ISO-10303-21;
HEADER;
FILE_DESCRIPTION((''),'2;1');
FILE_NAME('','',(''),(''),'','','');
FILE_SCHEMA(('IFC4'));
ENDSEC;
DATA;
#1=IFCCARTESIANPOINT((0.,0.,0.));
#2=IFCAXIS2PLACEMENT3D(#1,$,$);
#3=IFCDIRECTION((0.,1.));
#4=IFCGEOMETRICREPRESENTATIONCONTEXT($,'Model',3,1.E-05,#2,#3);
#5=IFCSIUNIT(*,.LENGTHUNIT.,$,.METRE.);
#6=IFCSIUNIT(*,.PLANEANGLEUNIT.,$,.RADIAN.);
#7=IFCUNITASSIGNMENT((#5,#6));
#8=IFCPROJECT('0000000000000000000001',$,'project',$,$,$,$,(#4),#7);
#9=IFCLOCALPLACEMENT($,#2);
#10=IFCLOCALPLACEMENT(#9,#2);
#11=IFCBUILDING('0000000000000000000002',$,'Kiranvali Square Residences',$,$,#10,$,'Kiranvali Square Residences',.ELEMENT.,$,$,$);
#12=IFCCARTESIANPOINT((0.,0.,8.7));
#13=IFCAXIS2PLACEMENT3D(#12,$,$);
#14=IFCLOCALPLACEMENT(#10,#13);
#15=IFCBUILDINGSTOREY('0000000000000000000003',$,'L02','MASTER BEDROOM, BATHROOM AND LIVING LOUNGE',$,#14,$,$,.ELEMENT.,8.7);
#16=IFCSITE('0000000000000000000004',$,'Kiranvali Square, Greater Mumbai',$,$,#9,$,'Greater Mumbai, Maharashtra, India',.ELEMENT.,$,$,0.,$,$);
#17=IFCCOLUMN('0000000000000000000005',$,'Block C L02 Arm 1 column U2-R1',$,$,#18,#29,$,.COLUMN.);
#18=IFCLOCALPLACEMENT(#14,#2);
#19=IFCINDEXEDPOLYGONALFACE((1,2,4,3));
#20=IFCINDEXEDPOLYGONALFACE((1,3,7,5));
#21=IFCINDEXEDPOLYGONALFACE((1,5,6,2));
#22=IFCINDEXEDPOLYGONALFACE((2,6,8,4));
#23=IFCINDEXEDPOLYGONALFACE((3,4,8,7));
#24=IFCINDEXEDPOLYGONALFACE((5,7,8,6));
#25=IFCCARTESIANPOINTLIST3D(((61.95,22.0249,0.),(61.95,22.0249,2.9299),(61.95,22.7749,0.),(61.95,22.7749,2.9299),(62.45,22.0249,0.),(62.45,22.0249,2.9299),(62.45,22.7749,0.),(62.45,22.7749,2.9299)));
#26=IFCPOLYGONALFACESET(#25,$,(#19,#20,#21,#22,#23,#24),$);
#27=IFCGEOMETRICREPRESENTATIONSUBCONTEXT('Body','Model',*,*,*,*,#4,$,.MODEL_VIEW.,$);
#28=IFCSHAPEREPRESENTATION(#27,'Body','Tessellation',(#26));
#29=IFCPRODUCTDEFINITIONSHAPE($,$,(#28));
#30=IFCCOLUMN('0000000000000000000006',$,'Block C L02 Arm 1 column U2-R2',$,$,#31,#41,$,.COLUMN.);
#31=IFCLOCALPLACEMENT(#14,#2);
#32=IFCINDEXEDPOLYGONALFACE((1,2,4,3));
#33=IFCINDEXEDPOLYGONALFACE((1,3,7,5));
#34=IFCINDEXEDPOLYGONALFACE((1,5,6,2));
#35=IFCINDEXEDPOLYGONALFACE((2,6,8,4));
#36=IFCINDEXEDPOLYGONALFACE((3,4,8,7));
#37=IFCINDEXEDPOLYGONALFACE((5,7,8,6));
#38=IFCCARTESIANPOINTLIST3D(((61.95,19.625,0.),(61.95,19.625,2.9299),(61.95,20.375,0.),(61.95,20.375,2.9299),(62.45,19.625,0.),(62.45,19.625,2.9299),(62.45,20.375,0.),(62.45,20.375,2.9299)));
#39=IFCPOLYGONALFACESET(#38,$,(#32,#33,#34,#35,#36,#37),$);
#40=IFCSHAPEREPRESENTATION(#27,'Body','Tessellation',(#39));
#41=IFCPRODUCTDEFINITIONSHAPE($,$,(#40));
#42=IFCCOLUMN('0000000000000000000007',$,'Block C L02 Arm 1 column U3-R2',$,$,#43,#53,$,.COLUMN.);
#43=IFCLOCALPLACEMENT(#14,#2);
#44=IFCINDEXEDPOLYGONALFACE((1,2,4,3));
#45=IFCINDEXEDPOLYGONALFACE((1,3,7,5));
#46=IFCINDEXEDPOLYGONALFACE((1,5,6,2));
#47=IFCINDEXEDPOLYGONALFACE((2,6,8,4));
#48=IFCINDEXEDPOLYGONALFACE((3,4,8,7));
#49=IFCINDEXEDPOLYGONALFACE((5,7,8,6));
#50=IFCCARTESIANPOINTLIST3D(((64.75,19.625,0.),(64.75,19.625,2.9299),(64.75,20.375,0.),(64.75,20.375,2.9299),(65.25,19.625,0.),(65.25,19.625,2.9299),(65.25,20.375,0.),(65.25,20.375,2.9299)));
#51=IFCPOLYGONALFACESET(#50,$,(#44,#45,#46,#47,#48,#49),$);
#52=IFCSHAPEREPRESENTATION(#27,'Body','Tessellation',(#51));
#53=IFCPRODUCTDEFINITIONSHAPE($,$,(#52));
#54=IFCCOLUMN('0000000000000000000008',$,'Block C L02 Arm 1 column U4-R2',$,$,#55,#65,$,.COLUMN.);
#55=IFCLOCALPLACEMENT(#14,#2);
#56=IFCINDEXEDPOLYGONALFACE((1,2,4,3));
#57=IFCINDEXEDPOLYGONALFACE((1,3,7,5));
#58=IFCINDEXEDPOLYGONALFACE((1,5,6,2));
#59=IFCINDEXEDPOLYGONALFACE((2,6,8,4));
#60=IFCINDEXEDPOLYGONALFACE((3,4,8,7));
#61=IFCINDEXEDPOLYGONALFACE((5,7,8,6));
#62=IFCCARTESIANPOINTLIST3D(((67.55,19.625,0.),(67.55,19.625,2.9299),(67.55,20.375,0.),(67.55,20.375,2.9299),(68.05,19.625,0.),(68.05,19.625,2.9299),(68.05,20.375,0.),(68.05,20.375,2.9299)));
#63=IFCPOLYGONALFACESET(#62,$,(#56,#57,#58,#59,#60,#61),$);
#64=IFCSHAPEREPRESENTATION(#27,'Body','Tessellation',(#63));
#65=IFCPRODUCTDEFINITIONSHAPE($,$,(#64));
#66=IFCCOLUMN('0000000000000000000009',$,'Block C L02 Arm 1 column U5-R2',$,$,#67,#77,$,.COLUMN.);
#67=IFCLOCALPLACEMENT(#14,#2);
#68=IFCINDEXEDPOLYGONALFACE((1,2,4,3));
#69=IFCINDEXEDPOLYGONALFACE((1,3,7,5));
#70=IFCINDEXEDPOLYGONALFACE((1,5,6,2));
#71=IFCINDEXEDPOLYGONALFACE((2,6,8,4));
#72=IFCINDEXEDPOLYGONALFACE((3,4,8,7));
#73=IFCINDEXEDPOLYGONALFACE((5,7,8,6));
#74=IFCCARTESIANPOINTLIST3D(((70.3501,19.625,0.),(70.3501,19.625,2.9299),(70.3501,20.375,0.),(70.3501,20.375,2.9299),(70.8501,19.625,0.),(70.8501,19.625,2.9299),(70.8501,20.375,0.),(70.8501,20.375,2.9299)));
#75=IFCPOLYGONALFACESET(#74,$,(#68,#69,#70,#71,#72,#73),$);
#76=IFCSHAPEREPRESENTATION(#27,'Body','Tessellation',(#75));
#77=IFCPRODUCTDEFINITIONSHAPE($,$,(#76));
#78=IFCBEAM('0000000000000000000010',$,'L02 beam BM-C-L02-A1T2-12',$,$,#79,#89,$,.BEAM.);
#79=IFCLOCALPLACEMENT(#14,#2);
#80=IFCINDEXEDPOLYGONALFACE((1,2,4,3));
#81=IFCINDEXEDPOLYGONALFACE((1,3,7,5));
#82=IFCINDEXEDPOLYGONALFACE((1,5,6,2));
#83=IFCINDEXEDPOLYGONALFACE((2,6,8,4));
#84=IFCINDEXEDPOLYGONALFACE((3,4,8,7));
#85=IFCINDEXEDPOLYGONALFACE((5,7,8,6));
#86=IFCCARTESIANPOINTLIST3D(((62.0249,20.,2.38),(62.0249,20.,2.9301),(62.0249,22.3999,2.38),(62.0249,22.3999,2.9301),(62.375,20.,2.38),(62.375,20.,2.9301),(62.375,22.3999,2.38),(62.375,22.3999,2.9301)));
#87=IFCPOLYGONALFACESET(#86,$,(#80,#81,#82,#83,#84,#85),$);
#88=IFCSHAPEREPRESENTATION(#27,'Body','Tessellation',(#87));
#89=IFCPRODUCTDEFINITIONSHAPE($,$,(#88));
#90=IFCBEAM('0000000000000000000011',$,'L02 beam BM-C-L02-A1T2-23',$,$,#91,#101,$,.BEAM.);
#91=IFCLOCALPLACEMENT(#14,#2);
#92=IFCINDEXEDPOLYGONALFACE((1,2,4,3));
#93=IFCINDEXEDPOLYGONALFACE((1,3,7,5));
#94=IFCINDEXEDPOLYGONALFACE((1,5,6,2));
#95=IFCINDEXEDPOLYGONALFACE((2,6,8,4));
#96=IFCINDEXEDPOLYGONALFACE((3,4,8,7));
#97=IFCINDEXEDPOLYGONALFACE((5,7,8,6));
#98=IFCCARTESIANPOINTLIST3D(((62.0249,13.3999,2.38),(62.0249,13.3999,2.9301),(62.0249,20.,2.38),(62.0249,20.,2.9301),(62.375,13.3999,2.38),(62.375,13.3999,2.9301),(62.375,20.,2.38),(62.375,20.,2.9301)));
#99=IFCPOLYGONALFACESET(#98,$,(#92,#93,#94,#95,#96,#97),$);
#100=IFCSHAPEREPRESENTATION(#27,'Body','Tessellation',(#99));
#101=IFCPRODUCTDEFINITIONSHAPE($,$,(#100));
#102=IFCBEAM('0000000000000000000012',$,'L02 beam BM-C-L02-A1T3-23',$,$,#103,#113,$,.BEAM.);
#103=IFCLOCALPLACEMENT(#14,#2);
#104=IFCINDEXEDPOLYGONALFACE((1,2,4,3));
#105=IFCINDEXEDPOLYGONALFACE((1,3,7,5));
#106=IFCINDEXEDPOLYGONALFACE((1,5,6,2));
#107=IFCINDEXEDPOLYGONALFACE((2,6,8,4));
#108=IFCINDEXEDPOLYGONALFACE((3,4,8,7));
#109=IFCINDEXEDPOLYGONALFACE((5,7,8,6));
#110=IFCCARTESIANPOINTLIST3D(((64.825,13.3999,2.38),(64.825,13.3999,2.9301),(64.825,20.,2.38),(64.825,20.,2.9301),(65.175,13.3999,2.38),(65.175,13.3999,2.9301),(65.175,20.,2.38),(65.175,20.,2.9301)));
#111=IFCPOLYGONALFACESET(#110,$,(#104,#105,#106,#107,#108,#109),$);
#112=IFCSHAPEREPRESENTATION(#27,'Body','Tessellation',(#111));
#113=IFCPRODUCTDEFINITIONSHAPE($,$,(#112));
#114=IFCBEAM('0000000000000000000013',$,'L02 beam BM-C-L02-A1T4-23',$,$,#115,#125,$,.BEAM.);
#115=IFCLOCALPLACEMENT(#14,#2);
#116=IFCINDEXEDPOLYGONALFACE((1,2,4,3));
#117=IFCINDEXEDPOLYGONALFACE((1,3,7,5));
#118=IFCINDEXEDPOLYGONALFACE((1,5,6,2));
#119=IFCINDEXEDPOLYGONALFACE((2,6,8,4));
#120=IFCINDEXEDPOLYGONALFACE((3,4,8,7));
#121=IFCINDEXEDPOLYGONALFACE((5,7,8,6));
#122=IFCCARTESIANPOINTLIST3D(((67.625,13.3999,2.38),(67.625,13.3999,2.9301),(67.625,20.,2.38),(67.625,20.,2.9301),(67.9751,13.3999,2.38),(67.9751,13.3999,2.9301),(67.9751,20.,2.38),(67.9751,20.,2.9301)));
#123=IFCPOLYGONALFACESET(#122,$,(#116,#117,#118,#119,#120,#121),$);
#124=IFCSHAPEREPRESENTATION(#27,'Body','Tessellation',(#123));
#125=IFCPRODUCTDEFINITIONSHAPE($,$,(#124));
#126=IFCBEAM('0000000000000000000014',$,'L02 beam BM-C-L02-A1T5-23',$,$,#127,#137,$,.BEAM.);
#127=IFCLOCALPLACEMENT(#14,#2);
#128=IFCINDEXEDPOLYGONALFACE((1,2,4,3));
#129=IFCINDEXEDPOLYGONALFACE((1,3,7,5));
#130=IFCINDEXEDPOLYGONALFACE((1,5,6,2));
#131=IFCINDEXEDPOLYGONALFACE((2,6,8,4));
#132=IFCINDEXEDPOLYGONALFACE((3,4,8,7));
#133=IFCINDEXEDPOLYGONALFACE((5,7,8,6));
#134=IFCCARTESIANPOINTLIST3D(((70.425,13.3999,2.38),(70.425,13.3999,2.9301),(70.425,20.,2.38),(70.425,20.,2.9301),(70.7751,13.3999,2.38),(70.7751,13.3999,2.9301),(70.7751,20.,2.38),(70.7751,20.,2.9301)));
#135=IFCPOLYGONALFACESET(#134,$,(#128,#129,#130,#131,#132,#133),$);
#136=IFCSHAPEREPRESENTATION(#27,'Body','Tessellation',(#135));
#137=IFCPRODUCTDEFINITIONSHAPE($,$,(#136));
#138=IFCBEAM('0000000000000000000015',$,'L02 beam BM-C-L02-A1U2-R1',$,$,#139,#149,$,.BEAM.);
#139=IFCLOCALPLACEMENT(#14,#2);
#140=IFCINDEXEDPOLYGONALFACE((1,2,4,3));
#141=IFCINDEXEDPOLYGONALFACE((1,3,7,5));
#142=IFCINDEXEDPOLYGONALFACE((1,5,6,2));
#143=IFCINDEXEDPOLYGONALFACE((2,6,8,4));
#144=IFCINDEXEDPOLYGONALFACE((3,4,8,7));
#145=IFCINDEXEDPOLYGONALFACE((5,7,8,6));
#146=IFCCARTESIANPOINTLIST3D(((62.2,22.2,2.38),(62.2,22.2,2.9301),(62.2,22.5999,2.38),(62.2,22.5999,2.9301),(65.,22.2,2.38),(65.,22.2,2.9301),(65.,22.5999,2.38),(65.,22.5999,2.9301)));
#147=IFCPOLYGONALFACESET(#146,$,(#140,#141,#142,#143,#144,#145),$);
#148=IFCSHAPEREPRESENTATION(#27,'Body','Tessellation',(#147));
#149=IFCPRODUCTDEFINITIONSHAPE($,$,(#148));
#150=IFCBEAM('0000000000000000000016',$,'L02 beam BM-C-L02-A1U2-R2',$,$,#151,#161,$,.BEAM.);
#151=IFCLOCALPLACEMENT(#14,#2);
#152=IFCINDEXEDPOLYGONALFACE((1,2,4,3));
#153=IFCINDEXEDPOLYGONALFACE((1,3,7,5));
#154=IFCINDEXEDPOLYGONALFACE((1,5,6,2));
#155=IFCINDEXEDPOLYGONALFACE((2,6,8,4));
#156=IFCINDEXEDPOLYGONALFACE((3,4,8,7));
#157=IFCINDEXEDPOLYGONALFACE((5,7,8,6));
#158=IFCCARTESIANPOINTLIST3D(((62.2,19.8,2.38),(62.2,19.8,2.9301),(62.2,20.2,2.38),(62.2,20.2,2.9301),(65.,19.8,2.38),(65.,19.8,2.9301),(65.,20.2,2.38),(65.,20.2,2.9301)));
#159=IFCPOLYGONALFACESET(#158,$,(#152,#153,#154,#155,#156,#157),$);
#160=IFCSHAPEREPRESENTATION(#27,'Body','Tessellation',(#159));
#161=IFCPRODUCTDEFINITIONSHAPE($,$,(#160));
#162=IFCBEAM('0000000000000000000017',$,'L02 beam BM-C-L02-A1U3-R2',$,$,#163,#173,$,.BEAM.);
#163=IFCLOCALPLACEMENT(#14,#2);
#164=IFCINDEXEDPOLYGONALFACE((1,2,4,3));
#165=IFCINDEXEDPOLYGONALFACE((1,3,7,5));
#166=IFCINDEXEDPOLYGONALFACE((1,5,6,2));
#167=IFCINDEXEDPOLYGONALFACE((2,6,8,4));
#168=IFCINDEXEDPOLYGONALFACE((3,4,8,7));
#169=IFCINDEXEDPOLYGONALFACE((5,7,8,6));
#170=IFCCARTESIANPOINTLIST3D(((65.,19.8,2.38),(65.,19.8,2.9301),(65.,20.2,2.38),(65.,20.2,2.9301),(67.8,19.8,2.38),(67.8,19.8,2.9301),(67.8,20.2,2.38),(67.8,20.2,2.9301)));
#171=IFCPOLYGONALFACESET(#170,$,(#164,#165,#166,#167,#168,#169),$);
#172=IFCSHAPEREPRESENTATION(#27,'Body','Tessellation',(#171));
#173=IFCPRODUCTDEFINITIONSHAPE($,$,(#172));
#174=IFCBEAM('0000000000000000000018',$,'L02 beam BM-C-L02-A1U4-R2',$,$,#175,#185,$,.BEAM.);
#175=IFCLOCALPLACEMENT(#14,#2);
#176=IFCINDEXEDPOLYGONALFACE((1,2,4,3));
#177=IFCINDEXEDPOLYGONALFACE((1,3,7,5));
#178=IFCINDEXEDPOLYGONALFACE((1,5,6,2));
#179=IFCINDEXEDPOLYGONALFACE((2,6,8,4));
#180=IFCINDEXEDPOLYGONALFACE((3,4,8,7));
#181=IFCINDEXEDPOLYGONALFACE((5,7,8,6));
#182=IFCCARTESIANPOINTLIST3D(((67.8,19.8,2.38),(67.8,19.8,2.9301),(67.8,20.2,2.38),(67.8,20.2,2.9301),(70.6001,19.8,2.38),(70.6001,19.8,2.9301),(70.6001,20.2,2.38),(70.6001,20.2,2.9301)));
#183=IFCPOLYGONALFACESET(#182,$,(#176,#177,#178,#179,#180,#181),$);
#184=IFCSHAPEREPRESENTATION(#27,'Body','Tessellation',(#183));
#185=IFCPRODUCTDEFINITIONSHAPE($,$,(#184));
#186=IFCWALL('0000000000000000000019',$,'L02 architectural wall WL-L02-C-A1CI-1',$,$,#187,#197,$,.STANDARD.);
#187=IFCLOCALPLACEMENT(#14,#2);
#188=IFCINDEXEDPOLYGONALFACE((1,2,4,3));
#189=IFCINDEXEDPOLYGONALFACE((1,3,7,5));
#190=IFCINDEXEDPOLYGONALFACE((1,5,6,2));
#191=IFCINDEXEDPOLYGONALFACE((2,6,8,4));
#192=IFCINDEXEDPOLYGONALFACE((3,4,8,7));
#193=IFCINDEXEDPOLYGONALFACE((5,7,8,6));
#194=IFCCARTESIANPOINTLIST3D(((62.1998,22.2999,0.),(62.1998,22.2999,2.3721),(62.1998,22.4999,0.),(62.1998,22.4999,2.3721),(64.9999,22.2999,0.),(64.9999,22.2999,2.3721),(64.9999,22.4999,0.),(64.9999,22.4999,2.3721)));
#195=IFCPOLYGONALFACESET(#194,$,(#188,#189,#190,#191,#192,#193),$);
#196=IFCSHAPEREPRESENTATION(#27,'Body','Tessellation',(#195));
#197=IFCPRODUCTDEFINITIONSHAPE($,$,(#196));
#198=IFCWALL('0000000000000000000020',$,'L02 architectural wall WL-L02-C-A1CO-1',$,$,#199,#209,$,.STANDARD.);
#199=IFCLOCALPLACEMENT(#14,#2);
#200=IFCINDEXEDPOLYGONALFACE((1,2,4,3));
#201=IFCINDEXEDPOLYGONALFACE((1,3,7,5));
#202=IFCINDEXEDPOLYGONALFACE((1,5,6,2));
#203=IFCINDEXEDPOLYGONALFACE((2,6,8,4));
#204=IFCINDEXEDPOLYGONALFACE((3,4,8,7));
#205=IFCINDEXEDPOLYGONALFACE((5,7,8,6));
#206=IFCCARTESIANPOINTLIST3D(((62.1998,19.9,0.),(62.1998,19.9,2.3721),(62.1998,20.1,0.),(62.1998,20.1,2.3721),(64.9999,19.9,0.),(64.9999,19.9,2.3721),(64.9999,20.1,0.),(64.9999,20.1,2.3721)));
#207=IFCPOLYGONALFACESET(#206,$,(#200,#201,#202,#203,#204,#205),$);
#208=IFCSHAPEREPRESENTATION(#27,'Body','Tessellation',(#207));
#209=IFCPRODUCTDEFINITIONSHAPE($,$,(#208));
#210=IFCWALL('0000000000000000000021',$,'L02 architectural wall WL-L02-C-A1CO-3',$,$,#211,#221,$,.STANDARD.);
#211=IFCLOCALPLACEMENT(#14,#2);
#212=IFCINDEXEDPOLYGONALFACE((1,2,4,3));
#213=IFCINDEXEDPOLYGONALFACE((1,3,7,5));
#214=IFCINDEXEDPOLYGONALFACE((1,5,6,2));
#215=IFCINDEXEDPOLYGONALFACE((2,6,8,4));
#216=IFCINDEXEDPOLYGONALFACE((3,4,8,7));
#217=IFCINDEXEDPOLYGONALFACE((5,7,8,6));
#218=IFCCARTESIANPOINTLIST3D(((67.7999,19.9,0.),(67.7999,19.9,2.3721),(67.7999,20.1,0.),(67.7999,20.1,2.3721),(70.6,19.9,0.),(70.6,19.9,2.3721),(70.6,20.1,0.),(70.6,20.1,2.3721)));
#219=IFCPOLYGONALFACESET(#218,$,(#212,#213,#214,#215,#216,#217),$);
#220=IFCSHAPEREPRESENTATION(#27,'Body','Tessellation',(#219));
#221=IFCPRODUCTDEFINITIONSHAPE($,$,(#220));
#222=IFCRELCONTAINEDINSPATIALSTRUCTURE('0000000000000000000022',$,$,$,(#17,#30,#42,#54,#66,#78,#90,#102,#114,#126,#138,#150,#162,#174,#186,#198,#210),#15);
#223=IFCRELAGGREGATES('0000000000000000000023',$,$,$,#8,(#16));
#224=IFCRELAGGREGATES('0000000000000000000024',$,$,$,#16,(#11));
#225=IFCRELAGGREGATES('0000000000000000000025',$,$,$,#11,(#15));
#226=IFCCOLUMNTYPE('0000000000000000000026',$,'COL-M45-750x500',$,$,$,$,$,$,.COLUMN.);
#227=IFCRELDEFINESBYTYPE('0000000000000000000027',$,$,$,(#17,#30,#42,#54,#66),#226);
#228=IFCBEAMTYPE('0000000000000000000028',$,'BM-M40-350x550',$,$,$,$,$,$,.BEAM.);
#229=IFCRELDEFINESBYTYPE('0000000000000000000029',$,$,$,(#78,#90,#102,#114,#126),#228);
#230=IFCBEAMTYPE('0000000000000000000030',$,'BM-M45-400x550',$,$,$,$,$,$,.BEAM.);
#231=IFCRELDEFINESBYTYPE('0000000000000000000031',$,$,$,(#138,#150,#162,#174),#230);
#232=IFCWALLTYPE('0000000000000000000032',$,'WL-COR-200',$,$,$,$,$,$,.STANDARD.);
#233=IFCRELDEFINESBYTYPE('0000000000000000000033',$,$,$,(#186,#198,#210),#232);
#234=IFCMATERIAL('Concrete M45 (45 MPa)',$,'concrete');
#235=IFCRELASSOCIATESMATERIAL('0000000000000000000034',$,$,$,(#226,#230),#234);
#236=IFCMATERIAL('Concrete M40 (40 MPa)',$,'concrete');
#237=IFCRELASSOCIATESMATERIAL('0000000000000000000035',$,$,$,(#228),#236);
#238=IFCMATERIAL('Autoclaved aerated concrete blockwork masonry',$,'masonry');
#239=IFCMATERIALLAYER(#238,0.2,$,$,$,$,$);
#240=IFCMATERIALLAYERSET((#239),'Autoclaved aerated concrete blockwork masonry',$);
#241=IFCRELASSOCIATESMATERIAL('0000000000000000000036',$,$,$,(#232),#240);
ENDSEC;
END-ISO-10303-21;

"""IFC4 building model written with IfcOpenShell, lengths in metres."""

from ifc_helpers import new_model, si_unit, direction, frame, frame_2d, origin, origin_2d, place, context, subcontext, project, spatial, rectangle, extrude, material, layer, layer_set, material_profile, profile_set, type_object, element, save


model = new_model("IFC4")

# Units and contexts
model_context = context("Model", 3, precision=1e-05, world=origin(), true_north=direction((0.0, 1.0)))
body_context = subcontext(model_context, "Body", "Model", "MODEL_VIEW")
ifc_project = project(units=[si_unit("LENGTHUNIT", "METRE"), si_unit("PLANEANGLEUNIT", "RADIAN")], contexts=[model_context])

# Site, building, storey
site_placement = place(None, origin())
site = spatial("IfcSite", under=ifc_project, at=site_placement, Name="Kiranvali Square, Greater Mumbai", LongName="Greater Mumbai, Maharashtra, India", CompositionType="ELEMENT", RefElevation=0.0)
building_placement = place(site_placement, origin())
building = spatial("IfcBuilding", under=site, at=building_placement, Name="Kiranvali Square Residences", LongName="Kiranvali Square Residences", CompositionType="ELEMENT")
storey_placement = place(building_placement, frame((0.0, 0.0, 8.7)))
storey = spatial("IfcBuildingStorey", under=building, at=storey_placement, Name="L02", Description="MASTER BEDROOM, BATHROOM AND LIVING LOUNGE", CompositionType="ELEMENT", Elevation=8.7)

# Columns
ifc_material_1 = material(Name="Concrete M45 (45 MPa)", Category="concrete")
ifc_material_profile_1 = material_profile(ifc_material_1, rectangle(XDim=0.5, YDim=0.75, at=origin_2d()), Name="RC 750x500")
ifc_profile_set_1 = profile_set([ifc_material_profile_1], Name="Concrete M45 (45 MPa)")
column_type = type_object("IfcColumnType", Name="COL-M45-750x500", PredefinedType="COLUMN", material=ifc_profile_set_1)
for number, where, z_axis, x_axis, name in (
    (1, (62.2, 22.3999, 0.0), (0.0, 0.0, 1.0), (1.0, 0.0, 0.0), "Block C L02 Arm 1 column U2-R1"),
    (2, (62.2, 20.0, 0.0), (0.0, 0.0, 1.0), (1.0, 0.0, 0.0), "Block C L02 Arm 1 column U2-R2"),
    (3, (65.0, 20.0, 0.0), (0.0, 0.0, 1.0), (1.0, 0.0, 0.0), "Block C L02 Arm 1 column U3-R2"),
    (4, (67.8, 20.0, 0.0), (0.0, 0.0, 1.0), (1.0, 0.0, 0.0), "Block C L02 Arm 1 column U4-R2"),
    (5, (70.6001, 20.0, 0.0), (0.0, 0.0, 1.0), (1.0, 0.0, 0.0), "Block C L02 Arm 1 column U5-R2"),
):
    element("IfcColumn", number, at=place(storey_placement, frame(where, z_axis=z_axis, x_axis=x_axis)), inside=storey, type_object=column_type, Name=name, PredefinedType="COLUMN", context=body_context, shape_type="SweptSolid", body=[
        extrude(rectangle(XDim=0.5, YDim=0.75, at=origin_2d()), origin(), (0.0, 0.0, 1.0), 2.9299),
    ])

# Beams
ifc_material_2 = material(Name="Concrete M40 (40 MPa)", Category="concrete")
ifc_material_profile_2 = material_profile(ifc_material_2, rectangle(XDim=0.3501, YDim=0.55, at=origin_2d()), Name="RC 350x550")
ifc_profile_set_2 = profile_set([ifc_material_profile_2], Name="Concrete M40 (40 MPa)")
beam_type_1 = type_object("IfcBeamType", Name="BM-M40-350x550", PredefinedType="BEAM", material=ifc_profile_set_2)
beam_placement = place(storey_placement, frame((62.2, 22.3999, 2.655), z_axis=(0.0, -1.0, 0.0), x_axis=(1.0, 0.0, 0.0)))
element("IfcBeam", 6, at=beam_placement, inside=storey, type_object=beam_type_1, Name="L02 beam BM-C-L02-A1T2-12", PredefinedType="BEAM", context=body_context, shape_type="SweptSolid", body=[
    extrude(rectangle(XDim=0.3501, YDim=0.55, at=origin_2d()), origin(), (0.0, 0.0, 1.0), 2.3999),
])
for number, where, z_axis, x_axis, name in (
    (7, (62.2, 20.0, 2.655), (0.0, -1.0, 0.0), (1.0, 0.0, 0.0), "L02 beam BM-C-L02-A1T2-23"),
    (8, (65.0, 20.0, 2.655), (0.0, -1.0, 0.0), (1.0, 0.0, 0.0), "L02 beam BM-C-L02-A1T3-23"),
    (9, (67.8, 20.0, 2.655), (0.0, -1.0, 0.0), (1.0, 0.0, 0.0), "L02 beam BM-C-L02-A1T4-23"),
    (10, (70.6001, 20.0, 2.655), (0.0, -1.0, 0.0), (1.0, 0.0, 0.0), "L02 beam BM-C-L02-A1T5-23"),
):
    element("IfcBeam", number, at=place(storey_placement, frame(where, z_axis=z_axis, x_axis=x_axis)), inside=storey, type_object=beam_type_1, Name=name, PredefinedType="BEAM", context=body_context, shape_type="SweptSolid", body=[
        extrude(rectangle(XDim=0.3501, YDim=0.55, at=origin_2d()), origin(), (0.0, 0.0, 1.0), 6.6001),
    ])
ifc_material_profile_3 = material_profile(ifc_material_1, rectangle(XDim=0.3999, YDim=0.55, at=origin_2d()), Name="RC 400x550")
ifc_profile_set_3 = profile_set([ifc_material_profile_3], Name="Concrete M45 (45 MPa)")
beam_type_2 = type_object("IfcBeamType", Name="BM-M45-400x550", PredefinedType="BEAM", material=ifc_profile_set_3)
for number, where, z_axis, x_axis, name in (
    (11, (62.2, 22.3999, 2.655), (1.0, 0.0, 0.0), (0.0, 1.0, 0.0), "L02 beam BM-C-L02-A1U2-R1"),
    (12, (62.2, 20.0, 2.655), (1.0, 0.0, 0.0), (0.0, 1.0, 0.0), "L02 beam BM-C-L02-A1U2-R2"),
    (13, (65.0, 20.0, 2.655), (1.0, 0.0, 0.0), (0.0, 1.0, 0.0), "L02 beam BM-C-L02-A1U3-R2"),
    (14, (67.8, 20.0, 2.655), (1.0, 0.0, 0.0), (0.0, 1.0, 0.0), "L02 beam BM-C-L02-A1U4-R2"),
):
    element("IfcBeam", number, at=place(storey_placement, frame(where, z_axis=z_axis, x_axis=x_axis)), inside=storey, type_object=beam_type_2, Name=name, PredefinedType="BEAM", context=body_context, shape_type="SweptSolid", body=[
        extrude(rectangle(XDim=0.3999, YDim=0.55, at=origin_2d()), origin(), (0.0, 0.0, 1.0), 2.8),
    ])

# Walls
ifc_material_3 = material(Name="Autoclaved aerated concrete blockwork masonry", Category="masonry")
ifc_layer_1 = layer(ifc_material_3, 0.2)
ifc_layer_set_1 = layer_set([ifc_layer_1], Name="Autoclaved aerated concrete blockwork masonry")
wall_type_1 = type_object("IfcWallType", Name="WL-COR-200", PredefinedType="STANDARD", material=ifc_layer_set_1)
for number, where, z_axis, x_axis, name in (
    (15, (62.2, 22.3999, 0.0), (0.0, 0.0, 1.0), (1.0, 0.0, 0.0), "L02 architectural wall WL-L02-C-A1CI-1"),
    (16, (62.2, 20.0, 0.0), (0.0, 0.0, 1.0), (1.0, 0.0, 0.0), "L02 architectural wall WL-L02-C-A1CO-1"),
):
    element("IfcWall", number, at=place(storey_placement, frame(where, z_axis=z_axis, x_axis=x_axis)), inside=storey, type_object=wall_type_1, Name=name, PredefinedType="STANDARD", context=body_context, shape_type="SweptSolid", body=[
        extrude(rectangle(XDim=2.8, YDim=0.2, at=frame_2d((1.3999, 0.0))), origin(), (0.0, 0.0, 1.0), 2.3721),
    ])

# Wall
wall_1_placement = place(storey_placement, frame((67.8, 20.0, 0.0), z_axis=(0.0, 0.0, 1.0), x_axis=(1.0, 0.0, 0.0)))
element("IfcWall", 17, at=wall_1_placement, inside=storey, type_object=wall_type_1, Name="L02 architectural wall WL-L02-C-A1CO-3", PredefinedType="STANDARD", context=body_context, shape_type="SweptSolid", body=[
    extrude(rectangle(XDim=2.8, YDim=0.2, at=frame_2d((1.3999, 0.0))), origin(), (0.0, 0.0, 1.0), 2.3721),
])

save(model, "model.ifc")
